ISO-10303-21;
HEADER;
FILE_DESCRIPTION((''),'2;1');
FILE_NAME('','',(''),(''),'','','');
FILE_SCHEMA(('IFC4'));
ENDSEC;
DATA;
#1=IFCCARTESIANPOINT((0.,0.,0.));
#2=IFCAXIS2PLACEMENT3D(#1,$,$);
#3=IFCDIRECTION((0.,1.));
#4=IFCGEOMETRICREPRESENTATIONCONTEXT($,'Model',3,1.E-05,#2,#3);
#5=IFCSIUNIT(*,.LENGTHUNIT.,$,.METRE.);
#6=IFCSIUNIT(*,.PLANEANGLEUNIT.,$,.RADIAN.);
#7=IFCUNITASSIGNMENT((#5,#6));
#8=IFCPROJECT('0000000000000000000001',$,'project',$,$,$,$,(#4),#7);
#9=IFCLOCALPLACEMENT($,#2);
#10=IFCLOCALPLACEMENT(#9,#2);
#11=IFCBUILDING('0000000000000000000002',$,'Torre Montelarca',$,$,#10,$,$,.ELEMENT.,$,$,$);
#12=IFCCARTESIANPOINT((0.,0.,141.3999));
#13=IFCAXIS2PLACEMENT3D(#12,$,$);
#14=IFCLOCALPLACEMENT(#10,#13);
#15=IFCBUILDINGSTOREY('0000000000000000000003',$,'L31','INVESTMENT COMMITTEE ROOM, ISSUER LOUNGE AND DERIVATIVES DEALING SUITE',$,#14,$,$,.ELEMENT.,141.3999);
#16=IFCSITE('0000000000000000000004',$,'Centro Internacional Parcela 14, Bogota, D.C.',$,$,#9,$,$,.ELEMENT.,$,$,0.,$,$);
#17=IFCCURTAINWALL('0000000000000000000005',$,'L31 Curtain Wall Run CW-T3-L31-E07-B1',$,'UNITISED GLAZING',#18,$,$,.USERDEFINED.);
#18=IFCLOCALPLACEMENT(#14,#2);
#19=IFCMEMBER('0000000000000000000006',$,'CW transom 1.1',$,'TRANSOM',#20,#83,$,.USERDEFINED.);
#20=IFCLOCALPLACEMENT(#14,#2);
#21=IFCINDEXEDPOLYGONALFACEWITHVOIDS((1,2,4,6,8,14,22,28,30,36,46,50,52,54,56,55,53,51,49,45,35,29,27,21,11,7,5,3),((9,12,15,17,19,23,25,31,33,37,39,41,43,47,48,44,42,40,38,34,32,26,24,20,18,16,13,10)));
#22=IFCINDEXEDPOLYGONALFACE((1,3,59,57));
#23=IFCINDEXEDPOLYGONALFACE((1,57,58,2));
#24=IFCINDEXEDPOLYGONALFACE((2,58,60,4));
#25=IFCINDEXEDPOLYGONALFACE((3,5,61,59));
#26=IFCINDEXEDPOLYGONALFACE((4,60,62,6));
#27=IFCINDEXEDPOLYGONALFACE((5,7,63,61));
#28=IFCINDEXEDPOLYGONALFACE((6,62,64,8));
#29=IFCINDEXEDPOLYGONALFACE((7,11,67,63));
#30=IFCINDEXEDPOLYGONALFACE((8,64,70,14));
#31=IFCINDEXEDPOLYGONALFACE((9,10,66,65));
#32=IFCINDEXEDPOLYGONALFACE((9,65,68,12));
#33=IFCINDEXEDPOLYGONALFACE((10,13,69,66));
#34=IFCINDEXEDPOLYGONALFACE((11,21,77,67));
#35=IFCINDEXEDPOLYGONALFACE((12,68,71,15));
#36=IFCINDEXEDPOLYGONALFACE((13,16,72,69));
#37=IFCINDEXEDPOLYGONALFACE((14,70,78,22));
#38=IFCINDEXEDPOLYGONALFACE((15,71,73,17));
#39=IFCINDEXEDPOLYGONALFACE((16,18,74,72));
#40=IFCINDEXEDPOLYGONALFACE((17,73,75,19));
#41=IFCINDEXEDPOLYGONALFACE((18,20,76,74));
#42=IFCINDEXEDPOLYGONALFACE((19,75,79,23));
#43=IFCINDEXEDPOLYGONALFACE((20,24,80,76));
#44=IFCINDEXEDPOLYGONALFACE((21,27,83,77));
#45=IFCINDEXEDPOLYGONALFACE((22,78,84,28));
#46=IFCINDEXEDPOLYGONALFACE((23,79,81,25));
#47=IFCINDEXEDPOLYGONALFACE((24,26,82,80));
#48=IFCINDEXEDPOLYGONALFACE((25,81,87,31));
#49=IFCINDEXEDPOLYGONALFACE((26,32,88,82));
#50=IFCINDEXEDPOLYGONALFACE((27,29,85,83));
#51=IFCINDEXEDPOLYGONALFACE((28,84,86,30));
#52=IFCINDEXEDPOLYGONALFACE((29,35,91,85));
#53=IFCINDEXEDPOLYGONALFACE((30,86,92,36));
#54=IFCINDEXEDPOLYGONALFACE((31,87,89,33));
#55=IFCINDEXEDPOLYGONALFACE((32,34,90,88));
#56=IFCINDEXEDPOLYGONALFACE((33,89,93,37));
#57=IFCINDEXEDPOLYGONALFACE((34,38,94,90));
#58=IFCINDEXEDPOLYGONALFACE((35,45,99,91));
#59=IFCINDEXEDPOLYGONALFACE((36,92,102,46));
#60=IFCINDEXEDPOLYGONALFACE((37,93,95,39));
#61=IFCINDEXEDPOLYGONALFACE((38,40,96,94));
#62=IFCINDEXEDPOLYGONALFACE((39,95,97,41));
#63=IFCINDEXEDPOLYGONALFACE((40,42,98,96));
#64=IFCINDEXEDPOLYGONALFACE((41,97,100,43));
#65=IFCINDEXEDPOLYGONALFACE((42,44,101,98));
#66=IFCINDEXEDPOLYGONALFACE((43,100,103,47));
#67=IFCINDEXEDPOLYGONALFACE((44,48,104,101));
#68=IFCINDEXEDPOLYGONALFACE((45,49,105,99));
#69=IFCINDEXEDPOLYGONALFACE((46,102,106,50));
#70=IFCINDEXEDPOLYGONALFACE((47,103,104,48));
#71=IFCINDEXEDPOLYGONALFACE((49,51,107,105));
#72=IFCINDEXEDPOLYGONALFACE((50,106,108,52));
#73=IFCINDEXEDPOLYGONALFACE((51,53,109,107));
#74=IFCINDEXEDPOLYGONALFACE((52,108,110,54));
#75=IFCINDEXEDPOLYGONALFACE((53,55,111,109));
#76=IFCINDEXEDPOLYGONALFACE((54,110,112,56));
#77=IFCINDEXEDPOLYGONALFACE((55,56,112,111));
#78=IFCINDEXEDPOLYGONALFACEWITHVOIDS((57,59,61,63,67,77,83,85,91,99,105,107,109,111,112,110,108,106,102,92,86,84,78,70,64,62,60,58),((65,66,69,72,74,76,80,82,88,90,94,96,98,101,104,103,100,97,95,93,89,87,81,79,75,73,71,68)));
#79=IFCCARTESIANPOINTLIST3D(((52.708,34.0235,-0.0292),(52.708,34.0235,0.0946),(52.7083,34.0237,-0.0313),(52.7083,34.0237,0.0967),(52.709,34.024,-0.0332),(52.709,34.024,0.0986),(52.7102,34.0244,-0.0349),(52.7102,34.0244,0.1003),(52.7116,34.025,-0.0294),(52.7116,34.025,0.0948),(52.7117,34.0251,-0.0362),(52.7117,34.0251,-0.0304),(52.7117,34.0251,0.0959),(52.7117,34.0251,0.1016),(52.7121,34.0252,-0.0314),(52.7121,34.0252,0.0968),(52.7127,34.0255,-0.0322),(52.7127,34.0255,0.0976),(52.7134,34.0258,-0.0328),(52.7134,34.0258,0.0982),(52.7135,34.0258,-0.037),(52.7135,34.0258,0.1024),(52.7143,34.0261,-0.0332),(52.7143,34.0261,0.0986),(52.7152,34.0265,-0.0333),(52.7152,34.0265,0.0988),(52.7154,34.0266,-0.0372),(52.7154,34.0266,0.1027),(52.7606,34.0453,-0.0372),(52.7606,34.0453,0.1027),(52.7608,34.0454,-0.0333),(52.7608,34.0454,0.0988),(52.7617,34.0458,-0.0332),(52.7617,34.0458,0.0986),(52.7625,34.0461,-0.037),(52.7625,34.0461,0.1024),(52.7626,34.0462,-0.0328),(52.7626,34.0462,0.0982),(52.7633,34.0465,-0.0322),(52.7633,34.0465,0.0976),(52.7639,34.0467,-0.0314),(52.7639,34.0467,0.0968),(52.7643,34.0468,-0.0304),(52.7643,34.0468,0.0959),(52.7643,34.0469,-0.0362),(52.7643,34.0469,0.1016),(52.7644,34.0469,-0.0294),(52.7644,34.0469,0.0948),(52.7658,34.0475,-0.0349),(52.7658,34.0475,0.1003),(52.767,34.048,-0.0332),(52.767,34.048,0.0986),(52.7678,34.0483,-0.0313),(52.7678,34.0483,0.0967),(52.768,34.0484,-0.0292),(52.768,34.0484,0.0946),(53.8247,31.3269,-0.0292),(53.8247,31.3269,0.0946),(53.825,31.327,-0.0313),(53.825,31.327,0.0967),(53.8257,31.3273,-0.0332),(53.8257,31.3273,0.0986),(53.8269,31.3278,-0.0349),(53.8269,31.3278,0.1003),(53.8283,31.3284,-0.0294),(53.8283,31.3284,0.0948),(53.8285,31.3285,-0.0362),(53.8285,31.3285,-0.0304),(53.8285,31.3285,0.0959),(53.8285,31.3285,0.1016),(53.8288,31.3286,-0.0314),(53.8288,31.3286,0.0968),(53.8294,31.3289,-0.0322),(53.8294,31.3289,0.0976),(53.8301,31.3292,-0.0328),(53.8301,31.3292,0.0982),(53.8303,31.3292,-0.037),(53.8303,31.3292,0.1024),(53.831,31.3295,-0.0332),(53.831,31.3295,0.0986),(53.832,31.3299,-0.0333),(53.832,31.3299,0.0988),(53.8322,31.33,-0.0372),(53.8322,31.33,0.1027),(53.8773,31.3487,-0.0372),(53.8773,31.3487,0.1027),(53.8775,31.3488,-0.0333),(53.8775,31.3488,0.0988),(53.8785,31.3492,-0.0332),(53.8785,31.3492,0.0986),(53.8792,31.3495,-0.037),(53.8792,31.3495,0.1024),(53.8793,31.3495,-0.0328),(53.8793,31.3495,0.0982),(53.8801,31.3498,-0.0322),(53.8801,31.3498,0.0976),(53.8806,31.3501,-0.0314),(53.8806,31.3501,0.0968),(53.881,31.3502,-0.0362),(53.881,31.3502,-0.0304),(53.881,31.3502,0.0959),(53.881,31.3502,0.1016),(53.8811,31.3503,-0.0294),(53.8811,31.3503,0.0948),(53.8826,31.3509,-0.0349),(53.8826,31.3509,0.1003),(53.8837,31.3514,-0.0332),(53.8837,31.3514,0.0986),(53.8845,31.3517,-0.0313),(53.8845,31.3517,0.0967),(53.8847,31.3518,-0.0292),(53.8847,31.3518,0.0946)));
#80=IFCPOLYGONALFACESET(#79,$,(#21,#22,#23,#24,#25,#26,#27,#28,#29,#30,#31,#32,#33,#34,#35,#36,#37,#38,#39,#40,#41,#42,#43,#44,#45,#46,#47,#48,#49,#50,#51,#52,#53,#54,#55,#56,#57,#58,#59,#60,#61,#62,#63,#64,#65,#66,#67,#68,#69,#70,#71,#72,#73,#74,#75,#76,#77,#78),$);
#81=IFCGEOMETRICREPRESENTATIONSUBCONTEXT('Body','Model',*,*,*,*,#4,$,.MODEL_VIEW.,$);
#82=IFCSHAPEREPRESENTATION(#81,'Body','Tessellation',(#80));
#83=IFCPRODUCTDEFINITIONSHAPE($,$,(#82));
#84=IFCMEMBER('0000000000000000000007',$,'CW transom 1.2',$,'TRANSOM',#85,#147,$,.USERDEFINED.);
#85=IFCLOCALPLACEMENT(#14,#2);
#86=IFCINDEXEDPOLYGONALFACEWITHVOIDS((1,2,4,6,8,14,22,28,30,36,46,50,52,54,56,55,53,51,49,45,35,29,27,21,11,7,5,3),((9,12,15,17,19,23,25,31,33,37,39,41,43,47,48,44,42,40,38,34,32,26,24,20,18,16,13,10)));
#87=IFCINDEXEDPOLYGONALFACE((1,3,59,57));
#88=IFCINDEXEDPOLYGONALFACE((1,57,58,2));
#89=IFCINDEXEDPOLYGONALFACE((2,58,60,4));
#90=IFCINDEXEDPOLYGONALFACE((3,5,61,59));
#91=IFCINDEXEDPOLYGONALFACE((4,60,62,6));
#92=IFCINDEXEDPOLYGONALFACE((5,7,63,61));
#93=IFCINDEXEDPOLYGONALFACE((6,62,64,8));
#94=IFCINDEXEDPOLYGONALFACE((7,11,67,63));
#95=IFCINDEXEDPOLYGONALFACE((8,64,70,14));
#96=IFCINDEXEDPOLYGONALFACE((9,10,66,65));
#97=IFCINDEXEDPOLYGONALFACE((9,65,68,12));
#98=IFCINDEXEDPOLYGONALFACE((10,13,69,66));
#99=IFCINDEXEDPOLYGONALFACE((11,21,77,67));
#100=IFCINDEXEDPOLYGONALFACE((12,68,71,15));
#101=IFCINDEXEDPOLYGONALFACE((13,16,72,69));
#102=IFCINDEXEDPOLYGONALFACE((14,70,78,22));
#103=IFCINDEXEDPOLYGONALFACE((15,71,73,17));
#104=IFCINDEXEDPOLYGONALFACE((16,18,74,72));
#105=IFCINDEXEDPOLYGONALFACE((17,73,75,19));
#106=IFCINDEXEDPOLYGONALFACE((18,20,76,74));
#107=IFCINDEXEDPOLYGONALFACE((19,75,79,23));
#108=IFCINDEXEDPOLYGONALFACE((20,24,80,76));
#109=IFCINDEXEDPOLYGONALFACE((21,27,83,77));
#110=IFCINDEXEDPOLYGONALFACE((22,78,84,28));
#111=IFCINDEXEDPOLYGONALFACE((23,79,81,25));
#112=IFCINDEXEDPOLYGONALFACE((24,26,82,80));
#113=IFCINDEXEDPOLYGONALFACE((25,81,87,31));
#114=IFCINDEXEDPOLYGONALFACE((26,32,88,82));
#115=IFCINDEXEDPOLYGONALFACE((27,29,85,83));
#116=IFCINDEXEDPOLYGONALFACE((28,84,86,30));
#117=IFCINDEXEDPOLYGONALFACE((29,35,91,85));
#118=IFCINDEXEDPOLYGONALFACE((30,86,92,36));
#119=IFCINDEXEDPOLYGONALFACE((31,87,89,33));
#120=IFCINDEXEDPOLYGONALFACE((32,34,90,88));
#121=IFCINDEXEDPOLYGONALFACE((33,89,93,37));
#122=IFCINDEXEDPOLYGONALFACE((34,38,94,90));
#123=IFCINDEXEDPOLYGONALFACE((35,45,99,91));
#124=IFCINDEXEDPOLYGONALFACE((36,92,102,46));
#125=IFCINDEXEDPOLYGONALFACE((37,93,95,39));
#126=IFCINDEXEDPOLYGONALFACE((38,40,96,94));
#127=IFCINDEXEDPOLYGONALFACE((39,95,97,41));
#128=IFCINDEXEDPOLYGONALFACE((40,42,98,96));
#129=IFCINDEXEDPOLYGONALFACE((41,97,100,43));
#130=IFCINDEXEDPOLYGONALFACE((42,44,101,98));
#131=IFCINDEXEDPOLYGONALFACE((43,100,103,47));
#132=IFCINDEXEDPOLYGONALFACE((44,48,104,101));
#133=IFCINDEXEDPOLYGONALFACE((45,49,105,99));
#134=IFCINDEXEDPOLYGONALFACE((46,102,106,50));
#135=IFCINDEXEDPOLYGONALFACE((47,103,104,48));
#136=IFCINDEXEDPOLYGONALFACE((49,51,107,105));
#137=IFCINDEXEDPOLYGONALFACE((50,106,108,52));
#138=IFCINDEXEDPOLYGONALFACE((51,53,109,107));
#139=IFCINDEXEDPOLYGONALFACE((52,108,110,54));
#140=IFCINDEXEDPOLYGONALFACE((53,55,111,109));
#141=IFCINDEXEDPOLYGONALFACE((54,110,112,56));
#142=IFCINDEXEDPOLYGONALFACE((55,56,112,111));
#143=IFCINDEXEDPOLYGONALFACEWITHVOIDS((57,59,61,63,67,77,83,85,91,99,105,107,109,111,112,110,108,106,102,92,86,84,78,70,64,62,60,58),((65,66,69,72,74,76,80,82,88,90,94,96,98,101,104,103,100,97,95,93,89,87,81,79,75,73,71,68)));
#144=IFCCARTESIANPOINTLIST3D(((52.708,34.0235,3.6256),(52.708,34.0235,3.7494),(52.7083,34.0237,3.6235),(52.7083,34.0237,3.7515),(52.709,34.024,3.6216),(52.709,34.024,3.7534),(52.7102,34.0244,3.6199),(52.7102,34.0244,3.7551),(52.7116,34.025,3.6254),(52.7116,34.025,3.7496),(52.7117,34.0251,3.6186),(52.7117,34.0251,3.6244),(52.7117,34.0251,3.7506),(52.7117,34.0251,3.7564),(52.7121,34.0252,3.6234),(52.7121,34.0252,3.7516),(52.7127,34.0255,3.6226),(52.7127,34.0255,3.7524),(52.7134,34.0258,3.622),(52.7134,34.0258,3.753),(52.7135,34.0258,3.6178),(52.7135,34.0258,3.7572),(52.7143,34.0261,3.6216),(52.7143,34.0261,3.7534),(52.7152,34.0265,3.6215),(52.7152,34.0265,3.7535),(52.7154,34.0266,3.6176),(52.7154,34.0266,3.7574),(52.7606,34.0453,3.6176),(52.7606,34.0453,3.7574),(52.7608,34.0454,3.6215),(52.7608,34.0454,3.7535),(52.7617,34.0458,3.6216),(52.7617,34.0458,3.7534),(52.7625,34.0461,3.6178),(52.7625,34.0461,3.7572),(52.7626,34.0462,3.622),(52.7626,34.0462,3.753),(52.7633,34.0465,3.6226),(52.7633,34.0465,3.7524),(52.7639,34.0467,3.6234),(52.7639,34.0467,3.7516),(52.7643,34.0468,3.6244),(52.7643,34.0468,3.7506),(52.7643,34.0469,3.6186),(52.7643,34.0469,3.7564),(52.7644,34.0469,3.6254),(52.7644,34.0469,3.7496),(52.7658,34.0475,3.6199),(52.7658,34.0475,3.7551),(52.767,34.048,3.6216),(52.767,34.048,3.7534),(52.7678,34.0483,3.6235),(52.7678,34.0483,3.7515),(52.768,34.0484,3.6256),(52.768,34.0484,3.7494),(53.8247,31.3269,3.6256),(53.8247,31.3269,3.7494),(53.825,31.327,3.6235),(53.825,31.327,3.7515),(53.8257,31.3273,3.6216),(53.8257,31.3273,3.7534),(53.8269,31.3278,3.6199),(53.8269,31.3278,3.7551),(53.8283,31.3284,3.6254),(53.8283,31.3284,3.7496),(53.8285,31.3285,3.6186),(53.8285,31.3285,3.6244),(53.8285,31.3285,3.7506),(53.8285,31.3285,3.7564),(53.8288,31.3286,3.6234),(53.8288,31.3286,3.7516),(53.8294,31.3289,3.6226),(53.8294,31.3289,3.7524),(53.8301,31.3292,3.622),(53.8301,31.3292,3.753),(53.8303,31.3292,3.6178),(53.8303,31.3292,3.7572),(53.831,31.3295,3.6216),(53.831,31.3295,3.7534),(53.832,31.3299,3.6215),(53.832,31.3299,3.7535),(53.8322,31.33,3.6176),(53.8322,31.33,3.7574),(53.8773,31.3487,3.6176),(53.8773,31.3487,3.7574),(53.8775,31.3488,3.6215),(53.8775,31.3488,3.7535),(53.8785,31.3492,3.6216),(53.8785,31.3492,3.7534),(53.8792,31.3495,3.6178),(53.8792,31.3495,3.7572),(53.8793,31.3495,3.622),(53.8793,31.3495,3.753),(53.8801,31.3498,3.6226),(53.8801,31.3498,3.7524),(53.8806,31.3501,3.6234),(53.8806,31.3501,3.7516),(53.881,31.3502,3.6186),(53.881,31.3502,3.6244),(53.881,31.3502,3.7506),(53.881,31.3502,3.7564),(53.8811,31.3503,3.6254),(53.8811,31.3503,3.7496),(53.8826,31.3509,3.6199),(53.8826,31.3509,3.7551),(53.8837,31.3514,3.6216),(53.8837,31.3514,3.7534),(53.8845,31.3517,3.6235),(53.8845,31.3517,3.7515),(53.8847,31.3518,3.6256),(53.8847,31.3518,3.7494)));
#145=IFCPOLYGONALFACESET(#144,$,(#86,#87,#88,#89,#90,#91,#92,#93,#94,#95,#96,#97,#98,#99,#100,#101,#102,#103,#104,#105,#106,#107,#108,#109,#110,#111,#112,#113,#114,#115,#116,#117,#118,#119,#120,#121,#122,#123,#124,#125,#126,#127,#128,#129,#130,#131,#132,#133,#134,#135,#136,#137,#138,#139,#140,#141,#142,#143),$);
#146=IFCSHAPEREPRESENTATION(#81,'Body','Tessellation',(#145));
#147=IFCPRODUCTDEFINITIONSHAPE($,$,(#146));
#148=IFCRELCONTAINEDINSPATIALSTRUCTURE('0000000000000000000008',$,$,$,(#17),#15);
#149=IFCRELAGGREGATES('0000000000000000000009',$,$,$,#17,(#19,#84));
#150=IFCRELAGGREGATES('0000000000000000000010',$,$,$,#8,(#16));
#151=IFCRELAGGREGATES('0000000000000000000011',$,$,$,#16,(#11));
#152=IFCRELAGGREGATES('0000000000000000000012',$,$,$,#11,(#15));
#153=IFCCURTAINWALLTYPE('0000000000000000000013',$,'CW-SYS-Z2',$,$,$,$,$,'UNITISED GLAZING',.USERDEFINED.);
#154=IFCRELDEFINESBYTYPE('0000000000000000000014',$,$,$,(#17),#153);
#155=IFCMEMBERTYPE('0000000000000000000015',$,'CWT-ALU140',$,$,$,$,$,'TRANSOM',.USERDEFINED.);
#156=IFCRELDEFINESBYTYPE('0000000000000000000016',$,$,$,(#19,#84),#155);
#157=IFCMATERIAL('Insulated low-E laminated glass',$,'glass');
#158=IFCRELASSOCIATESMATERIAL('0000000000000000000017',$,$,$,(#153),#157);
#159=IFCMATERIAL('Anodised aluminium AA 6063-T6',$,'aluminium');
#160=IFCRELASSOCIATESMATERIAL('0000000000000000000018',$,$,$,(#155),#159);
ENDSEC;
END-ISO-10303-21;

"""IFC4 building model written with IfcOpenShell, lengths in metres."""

from ifc_helpers import new_model, si_unit, direction, frame, origin, origin_2d, place, context, subcontext, project, spatial, hollow_rectangle, extrude, source, transform, mapped, material, material_profile, profile_set, type_object, element, aggregate, save


model = new_model("IFC4")

# Units and contexts
model_context = context("Model", 3, precision=1e-05, world=origin(), true_north=direction((0.0, 1.0)))
body_context = subcontext(model_context, "Body", "Model", "MODEL_VIEW")
ifc_project = project(units=[si_unit("LENGTHUNIT", "METRE"), si_unit("PLANEANGLEUNIT", "RADIAN")], contexts=[model_context])

# Site, building, storey
site_placement = place(None, origin())
site = spatial("IfcSite", under=ifc_project, at=site_placement, Name="Centro Internacional Parcela 14, Bogota, D.C.", CompositionType="ELEMENT", RefElevation=0.0)
building_placement = place(site_placement, origin())
building = spatial("IfcBuilding", under=site, at=building_placement, Name="Torre Montelarca", CompositionType="ELEMENT")
storey_placement = place(building_placement, frame((0.0, 0.0, 141.3999)))
storey = spatial("IfcBuildingStorey", under=building, at=storey_placement, Name="L31", Description="INVESTMENT COMMITTEE ROOM, ISSUER LOUNGE AND DERIVATIVES DEALING SUITE", CompositionType="ELEMENT", Elevation=141.3999)

# Curtain wall, members
ifc_material_1 = material(Name="Insulated low-E laminated glass", Category="glass")
curtain_wall_type = type_object("IfcCurtainWallType", Name="CW-SYS-Z2", ElementType="UNITISED GLAZING", PredefinedType="USERDEFINED", material=ifc_material_1)
curtain_wall_1_placement = place(storey_placement, origin())
curtain_wall_1 = element("IfcCurtainWall", 1, at=curtain_wall_1_placement, inside=storey, type_object=curtain_wall_type, Name="L31 Curtain Wall Run CW-T3-L31-E07-B1", ObjectType="UNITISED GLAZING", PredefinedType="USERDEFINED")
ifc_material_2 = material(Name="Anodised aluminium AA 6063-T6", Category="aluminium")
ifc_material_profile_1 = material_profile(ifc_material_2, hollow_rectangle(XDim=0.0649, YDim=0.1399, WallThickness=0.0039, InnerFilletRadius=0.0039, OuterFilletRadius=0.0081, at=origin_2d()), Name="ALU65X140X4", Category="aluminium")
ifc_profile_set_1 = profile_set([ifc_material_profile_1], Name="Anodised aluminium AA 6063-T6")
member_type_1 = type_object("IfcMemberType", Name="CWT-ALU140", ElementType="TRANSOM", PredefinedType="USERDEFINED", material=ifc_profile_set_1)
shared_shape_1 = source(origin(), body_context, "Body", "SweptSolid", [
    extrude(hollow_rectangle(XDim=0.0649, YDim=0.1399, WallThickness=0.0039, InnerFilletRadius=0.0039, OuterFilletRadius=0.0081, at=origin_2d()), origin(), (0.0, 0.0, 1.0), 2.9187),
])
member_1_placement = place(storey_placement, frame((53.8547, 31.3394, 0.0327), z_axis=(-0.382613, 0.923909, 0.0), x_axis=(-0.923909, -0.382613, 0.0)))
member_1 = element("IfcMember", 2, at=member_1_placement, type_object=member_type_1, Name="CW transom 1.1", ObjectType="TRANSOM", PredefinedType="USERDEFINED", context=body_context, shape_type="MappedRepresentation", body=[
    mapped(shared_shape_1, transform((0.0, 0.0, 0.0), scale=1.0)),
])
member_2_placement = place(storey_placement, frame((53.8547, 31.3394, 3.6875), z_axis=(-0.382613, 0.923909, 0.0), x_axis=(-0.923909, -0.382613, 0.0)))
member_2 = element("IfcMember", 3, at=member_2_placement, type_object=member_type_1, Name="CW transom 1.2", ObjectType="TRANSOM", PredefinedType="USERDEFINED", context=body_context, shape_type="MappedRepresentation", body=[
    mapped(shared_shape_1, transform((0.0, 0.0, 0.0), scale=1.0)),
])

aggregate(curtain_wall_1, [member_1, member_2])

save(model, "model.ifc")
